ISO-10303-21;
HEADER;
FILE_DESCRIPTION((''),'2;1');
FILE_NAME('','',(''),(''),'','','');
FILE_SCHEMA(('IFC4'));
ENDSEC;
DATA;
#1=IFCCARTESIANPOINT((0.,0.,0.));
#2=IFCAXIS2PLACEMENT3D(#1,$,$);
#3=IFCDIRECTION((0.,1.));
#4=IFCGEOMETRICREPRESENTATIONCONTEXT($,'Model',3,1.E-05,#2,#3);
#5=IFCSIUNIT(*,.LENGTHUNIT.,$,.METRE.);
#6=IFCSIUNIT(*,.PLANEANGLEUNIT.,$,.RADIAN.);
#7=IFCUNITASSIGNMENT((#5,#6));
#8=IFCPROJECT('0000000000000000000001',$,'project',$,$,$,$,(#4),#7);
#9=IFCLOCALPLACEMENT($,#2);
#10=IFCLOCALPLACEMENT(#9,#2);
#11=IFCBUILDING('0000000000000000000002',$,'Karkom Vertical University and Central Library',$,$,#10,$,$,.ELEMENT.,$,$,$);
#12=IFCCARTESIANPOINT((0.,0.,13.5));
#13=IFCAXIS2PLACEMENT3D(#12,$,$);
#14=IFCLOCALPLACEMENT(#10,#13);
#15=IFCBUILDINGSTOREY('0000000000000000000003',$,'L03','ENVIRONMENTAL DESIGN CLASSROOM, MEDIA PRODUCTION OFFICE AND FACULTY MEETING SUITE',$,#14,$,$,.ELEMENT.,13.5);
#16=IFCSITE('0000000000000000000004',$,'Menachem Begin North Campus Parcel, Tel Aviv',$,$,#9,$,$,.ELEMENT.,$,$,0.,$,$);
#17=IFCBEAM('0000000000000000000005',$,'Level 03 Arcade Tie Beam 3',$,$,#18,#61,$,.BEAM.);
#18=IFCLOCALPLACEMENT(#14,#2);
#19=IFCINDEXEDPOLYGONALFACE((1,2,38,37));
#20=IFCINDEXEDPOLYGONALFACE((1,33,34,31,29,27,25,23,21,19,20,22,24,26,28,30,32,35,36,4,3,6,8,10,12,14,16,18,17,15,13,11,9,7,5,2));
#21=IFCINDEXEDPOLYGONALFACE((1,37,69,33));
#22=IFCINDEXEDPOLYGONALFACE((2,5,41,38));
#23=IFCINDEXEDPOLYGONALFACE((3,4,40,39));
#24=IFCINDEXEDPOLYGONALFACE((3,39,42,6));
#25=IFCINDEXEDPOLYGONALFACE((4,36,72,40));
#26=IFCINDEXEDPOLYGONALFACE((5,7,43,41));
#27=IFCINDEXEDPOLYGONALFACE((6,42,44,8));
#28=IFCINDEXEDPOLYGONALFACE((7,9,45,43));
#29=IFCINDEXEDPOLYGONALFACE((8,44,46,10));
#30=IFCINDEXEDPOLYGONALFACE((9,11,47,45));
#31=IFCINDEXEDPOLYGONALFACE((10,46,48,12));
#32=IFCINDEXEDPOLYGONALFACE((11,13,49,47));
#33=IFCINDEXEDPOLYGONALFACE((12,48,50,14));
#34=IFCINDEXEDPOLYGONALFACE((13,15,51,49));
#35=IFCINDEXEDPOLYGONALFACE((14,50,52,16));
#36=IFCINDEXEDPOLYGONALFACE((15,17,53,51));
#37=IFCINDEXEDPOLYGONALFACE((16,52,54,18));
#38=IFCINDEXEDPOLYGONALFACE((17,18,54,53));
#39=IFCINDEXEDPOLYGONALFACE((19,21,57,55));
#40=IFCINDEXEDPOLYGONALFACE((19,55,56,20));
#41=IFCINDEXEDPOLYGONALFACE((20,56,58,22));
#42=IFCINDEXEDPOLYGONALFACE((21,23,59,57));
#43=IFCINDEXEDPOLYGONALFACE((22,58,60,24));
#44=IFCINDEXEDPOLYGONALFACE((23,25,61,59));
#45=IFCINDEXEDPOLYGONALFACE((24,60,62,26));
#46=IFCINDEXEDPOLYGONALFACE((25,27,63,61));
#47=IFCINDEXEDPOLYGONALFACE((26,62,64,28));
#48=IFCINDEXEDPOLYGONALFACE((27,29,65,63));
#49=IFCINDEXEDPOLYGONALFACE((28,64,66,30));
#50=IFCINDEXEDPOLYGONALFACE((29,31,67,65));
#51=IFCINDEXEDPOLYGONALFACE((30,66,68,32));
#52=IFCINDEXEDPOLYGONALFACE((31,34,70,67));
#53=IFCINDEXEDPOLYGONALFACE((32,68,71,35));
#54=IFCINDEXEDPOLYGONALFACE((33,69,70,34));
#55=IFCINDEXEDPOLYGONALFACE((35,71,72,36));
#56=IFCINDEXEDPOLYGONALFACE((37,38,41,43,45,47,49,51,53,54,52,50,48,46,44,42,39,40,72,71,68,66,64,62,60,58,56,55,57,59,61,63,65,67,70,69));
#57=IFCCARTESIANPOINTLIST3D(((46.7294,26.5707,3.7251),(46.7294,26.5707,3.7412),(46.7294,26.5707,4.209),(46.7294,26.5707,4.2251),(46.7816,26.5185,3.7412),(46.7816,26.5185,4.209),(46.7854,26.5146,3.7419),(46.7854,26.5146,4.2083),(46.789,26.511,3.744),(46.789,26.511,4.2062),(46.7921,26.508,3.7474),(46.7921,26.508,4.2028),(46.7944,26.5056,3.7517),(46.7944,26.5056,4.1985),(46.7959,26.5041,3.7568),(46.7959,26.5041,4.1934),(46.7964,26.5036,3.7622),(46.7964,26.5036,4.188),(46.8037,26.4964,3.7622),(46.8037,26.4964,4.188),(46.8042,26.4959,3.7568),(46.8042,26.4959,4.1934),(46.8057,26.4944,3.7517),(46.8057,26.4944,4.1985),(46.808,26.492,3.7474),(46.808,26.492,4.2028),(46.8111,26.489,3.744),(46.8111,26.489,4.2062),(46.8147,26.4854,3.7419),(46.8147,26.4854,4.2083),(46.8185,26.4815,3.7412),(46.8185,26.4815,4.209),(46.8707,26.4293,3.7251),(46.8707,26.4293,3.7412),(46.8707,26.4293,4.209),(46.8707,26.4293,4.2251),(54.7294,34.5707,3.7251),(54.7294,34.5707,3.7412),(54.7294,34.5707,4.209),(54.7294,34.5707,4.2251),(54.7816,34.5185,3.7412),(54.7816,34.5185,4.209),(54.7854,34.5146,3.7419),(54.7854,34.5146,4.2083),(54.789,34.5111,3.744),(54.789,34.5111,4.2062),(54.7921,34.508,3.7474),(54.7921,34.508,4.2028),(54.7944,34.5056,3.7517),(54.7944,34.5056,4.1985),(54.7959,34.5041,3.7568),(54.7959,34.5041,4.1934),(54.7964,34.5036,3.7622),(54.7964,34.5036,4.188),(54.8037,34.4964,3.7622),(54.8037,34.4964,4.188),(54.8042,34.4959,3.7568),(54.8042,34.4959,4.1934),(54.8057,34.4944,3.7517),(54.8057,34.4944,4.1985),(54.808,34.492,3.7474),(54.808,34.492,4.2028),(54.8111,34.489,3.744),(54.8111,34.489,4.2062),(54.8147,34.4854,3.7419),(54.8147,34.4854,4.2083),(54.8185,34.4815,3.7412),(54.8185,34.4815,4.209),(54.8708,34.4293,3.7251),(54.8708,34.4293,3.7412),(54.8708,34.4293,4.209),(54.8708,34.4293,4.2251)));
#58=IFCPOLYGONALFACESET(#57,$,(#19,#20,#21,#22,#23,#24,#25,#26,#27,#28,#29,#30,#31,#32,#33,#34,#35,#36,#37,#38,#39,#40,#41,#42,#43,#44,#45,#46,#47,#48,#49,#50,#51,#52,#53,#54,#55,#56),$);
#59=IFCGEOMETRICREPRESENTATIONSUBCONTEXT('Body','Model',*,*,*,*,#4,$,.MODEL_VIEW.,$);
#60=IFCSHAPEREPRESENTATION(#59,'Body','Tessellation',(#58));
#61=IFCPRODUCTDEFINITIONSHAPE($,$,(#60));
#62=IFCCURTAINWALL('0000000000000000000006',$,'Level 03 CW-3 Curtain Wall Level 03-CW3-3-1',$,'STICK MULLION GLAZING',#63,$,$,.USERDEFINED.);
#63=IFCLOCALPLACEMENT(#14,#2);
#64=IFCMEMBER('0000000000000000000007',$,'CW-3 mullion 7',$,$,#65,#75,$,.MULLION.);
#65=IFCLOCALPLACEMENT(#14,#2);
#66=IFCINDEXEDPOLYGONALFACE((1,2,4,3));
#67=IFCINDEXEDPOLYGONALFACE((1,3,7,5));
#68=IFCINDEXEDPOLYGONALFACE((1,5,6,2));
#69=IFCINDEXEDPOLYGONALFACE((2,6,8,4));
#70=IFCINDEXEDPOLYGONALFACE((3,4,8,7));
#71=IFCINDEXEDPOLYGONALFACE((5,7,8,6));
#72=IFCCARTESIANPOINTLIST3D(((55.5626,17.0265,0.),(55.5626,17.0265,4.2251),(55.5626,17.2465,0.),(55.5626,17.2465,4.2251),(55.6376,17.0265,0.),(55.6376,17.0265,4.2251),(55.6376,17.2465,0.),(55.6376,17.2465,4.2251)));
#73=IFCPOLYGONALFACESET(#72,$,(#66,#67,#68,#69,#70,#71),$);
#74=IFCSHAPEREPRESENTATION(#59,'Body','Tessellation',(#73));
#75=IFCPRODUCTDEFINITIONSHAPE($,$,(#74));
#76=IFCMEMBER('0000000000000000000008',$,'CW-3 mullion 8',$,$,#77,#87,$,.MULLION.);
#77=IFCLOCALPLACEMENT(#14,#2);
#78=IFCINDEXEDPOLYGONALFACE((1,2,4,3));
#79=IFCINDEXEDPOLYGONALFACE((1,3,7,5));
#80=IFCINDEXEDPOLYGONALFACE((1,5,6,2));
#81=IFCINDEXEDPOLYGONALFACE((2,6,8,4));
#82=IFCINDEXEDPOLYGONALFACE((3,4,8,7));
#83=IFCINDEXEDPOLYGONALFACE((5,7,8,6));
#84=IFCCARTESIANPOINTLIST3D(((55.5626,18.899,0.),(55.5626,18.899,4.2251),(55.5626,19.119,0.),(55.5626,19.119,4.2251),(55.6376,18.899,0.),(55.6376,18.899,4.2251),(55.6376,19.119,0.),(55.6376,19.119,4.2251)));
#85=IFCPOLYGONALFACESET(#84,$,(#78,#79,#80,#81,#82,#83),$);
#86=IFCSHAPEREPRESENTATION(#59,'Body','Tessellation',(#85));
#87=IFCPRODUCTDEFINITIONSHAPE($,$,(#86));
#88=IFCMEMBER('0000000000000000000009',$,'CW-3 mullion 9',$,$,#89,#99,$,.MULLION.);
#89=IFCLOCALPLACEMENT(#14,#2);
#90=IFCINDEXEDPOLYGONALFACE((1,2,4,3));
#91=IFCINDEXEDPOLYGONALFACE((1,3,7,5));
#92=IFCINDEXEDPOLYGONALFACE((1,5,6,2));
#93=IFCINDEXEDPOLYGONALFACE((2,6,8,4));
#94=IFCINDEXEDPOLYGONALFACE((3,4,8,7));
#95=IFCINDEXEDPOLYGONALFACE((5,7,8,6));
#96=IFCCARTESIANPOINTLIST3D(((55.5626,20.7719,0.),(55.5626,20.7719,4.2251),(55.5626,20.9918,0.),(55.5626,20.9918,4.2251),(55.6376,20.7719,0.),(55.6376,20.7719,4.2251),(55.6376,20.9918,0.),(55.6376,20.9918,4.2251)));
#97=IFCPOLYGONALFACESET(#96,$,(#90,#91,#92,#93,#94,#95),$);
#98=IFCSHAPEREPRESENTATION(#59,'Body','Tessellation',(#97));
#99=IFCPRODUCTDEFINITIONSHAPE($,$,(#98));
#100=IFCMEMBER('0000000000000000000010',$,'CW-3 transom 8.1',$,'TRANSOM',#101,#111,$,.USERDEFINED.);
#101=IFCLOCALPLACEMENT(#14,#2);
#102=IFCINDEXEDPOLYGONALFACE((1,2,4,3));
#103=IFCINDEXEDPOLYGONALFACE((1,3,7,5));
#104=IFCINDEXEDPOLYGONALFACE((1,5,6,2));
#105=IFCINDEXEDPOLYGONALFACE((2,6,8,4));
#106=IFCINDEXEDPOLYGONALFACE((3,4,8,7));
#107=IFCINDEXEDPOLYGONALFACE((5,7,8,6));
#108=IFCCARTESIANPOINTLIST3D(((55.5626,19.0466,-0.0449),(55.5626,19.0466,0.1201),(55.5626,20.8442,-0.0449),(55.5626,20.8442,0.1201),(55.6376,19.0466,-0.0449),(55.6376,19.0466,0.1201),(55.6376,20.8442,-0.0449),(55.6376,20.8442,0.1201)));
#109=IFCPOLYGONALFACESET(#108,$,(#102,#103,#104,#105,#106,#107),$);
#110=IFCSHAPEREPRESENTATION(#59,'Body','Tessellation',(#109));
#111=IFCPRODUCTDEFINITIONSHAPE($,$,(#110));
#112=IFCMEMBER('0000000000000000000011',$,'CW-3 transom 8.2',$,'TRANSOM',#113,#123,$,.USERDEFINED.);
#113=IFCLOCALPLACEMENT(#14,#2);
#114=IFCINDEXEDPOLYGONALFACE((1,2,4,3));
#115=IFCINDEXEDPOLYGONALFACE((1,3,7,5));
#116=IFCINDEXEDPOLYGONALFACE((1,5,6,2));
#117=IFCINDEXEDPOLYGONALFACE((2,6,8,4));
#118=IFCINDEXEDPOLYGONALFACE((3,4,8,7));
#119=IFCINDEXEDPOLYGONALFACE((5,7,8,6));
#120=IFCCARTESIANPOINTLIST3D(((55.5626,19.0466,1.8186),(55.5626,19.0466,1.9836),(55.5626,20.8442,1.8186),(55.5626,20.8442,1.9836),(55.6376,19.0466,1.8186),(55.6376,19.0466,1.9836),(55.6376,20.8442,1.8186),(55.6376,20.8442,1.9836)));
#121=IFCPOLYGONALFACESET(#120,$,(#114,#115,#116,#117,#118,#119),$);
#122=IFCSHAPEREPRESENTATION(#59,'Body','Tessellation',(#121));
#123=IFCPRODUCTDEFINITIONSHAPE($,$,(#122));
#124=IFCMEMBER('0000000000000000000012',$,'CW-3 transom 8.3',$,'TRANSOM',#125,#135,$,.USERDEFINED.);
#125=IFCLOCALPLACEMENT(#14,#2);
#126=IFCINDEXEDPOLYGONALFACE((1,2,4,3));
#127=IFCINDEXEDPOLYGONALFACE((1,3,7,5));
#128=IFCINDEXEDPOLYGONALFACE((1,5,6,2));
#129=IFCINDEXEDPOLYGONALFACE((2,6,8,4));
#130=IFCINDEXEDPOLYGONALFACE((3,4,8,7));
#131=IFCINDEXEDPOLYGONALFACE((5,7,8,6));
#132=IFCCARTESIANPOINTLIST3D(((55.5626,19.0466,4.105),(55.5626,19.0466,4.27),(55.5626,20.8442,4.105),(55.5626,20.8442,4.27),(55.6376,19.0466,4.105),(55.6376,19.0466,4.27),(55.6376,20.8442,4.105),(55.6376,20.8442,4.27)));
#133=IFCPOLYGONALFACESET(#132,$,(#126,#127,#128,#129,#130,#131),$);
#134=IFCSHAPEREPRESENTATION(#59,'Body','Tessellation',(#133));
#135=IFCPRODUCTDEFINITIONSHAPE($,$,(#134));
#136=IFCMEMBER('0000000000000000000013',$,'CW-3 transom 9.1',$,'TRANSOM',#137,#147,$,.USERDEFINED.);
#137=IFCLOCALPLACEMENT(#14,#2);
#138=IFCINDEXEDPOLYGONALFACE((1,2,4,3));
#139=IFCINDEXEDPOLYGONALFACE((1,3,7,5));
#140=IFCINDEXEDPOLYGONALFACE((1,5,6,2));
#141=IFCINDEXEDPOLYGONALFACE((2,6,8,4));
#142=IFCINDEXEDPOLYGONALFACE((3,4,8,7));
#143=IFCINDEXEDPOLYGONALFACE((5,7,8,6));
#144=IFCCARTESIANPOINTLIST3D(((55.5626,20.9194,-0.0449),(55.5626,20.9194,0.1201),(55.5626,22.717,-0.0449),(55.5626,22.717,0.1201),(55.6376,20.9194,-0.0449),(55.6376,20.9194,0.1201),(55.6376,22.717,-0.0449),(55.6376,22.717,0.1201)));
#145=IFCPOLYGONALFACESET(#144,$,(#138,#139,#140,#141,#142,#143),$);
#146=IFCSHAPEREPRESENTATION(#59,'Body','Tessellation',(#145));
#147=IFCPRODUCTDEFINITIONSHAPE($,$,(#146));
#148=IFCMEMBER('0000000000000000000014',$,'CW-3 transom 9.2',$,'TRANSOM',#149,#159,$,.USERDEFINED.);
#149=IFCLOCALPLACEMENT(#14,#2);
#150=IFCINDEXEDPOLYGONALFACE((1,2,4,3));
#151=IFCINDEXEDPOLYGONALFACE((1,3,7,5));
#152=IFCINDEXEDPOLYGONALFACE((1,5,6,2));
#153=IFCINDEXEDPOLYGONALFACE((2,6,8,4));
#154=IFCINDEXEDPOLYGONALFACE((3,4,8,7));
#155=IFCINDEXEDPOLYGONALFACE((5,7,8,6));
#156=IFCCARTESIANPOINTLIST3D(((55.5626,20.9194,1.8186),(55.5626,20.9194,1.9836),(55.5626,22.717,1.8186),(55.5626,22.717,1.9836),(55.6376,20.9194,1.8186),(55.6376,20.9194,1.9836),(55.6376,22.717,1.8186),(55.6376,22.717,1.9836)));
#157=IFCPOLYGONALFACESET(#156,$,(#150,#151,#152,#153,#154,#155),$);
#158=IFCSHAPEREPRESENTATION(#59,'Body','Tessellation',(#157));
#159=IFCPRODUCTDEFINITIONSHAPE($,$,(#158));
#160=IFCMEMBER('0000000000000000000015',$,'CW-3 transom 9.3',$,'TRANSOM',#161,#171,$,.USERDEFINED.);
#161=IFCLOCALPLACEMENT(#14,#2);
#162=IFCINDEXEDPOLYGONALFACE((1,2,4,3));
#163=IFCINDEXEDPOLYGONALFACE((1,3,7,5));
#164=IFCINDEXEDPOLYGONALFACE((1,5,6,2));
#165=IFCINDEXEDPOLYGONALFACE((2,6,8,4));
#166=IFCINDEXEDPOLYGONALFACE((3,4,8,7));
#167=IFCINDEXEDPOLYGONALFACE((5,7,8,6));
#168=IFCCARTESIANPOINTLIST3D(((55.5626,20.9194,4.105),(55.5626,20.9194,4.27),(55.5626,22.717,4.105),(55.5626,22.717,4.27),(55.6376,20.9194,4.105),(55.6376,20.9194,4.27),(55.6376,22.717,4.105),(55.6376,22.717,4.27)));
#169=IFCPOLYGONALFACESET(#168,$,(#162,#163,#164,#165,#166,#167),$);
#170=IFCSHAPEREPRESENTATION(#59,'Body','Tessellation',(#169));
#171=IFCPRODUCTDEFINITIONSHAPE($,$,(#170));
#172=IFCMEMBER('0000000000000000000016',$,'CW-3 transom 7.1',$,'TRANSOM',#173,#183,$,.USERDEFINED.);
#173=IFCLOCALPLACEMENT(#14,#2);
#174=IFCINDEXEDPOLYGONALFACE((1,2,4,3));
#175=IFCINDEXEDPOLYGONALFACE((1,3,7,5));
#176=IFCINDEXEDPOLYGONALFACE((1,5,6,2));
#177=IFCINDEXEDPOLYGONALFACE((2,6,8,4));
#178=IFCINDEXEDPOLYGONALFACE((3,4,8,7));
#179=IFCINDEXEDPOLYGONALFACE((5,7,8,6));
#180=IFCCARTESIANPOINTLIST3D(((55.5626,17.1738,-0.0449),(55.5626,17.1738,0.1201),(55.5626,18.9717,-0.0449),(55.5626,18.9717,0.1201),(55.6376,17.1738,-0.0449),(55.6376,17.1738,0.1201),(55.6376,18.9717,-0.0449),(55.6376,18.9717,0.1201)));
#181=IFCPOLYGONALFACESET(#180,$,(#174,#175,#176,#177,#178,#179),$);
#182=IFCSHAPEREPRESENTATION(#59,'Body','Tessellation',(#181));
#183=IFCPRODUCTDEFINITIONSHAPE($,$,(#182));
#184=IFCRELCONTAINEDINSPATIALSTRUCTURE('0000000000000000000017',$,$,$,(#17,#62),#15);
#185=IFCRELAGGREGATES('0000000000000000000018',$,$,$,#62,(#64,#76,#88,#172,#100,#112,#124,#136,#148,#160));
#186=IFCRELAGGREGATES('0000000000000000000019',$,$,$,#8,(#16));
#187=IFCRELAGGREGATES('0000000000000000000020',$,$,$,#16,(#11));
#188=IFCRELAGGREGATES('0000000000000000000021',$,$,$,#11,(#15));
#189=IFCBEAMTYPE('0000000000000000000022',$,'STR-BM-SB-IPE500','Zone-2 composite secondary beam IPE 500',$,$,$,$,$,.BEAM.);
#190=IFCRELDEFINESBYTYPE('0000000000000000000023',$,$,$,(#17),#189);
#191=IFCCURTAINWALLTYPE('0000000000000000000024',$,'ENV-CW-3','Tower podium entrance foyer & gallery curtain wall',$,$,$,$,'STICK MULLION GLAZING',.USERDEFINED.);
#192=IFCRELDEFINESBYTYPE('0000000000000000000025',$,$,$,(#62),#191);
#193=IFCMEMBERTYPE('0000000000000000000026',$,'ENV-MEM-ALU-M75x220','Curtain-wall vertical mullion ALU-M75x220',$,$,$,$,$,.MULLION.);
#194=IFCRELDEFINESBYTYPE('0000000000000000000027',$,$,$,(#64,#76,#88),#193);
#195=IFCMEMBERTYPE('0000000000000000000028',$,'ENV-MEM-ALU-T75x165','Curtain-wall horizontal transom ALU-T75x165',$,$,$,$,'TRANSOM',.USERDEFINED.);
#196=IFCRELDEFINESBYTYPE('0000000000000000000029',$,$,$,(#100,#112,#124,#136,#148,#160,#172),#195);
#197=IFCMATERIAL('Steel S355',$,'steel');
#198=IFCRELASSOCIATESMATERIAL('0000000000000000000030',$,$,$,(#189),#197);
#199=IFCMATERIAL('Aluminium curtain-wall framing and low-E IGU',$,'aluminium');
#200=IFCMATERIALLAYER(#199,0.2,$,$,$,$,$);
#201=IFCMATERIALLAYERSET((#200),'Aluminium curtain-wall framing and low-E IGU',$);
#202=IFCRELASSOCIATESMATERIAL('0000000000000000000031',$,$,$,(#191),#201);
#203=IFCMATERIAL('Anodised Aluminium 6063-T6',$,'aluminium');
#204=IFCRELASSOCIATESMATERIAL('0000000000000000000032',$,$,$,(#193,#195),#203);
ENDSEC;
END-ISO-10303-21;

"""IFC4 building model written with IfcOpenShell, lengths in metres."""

from ifc_helpers import new_model, si_unit, direction, frame, origin, origin_with_axes, origin_2d, place, context, subcontext, project, spatial, rectangle, i_section, extrude, source, transform, mapped, material, layer, layer_set, material_profile, profile_set, type_object, element, aggregate, save


model = new_model("IFC4")

# Units and contexts
model_context = context("Model", 3, precision=1e-05, world=origin(), true_north=direction((0.0, 1.0)))
body_context = subcontext(model_context, "Body", "Model", "MODEL_VIEW")
ifc_project = project(units=[si_unit("LENGTHUNIT", "METRE"), si_unit("PLANEANGLEUNIT", "RADIAN")], contexts=[model_context])

# Site, building, storey
site_placement = place(None, origin())
site = spatial("IfcSite", under=ifc_project, at=site_placement, Name="Menachem Begin North Campus Parcel, Tel Aviv", CompositionType="ELEMENT", RefElevation=0.0)
building_placement = place(site_placement, origin())
building = spatial("IfcBuilding", under=site, at=building_placement, Name="Karkom Vertical University and Central Library", CompositionType="ELEMENT")
storey_placement = place(building_placement, frame((0.0, 0.0, 13.5)))
storey = spatial("IfcBuildingStorey", under=building, at=storey_placement, Name="L03", Description="ENVIRONMENTAL DESIGN CLASSROOM, MEDIA PRODUCTION OFFICE AND FACULTY MEETING SUITE", CompositionType="ELEMENT", Elevation=13.5)

# Beam
ifc_material_1 = material(Name="Steel S355", Category="steel")
ifc_material_profile_1 = material_profile(ifc_material_1, i_section(OverallWidth=0.2, OverallDepth=0.5, WebThickness=0.0103, FlangeThickness=0.0161, FilletRadius=0.021, at=origin_2d()), Name="IPE 500")
ifc_profile_set_1 = profile_set([ifc_material_profile_1], Name="Steel S355")
beam_type_1 = type_object("IfcBeamType", Name="STR-BM-SB-IPE500", Description="Zone-2 composite secondary beam IPE 500", PredefinedType="BEAM", material=ifc_profile_set_1)
shared_shape_1 = source(origin_with_axes(), body_context, "Body", "SweptSolid", [
    extrude(i_section(OverallWidth=0.2, OverallDepth=0.5, WebThickness=0.0103, FlangeThickness=0.0161, FilletRadius=0.021, at=origin_2d()), origin(), (0.0, 0.0, 1.0), 11.3137),
])
for number, where, z_axis, x_axis, name in (
    (1, (46.8, 26.5, 3.9751), (0.707107, 0.707107, 0.0), (-0.707107, 0.707107, 0.0), "Level 03 Arcade Tie Beam 3"),
):
    element("IfcBeam", number, at=place(storey_placement, frame(where, z_axis=z_axis, x_axis=x_axis)), inside=storey, type_object=beam_type_1, Name=name, PredefinedType="BEAM", context=body_context, shape_type="MappedRepresentation", body=[
        mapped(shared_shape_1, transform((0.0, 0.0, 0.0), scale=1.0)),
    ])

# Curtain wall, members
ifc_material_2 = material(Name="Aluminium curtain-wall framing and low-E IGU", Category="aluminium")
ifc_layer_1 = layer(ifc_material_2, 0.2)
ifc_layer_set_1 = layer_set([ifc_layer_1], Name="Aluminium curtain-wall framing and low-E IGU")
curtain_wall_type = type_object("IfcCurtainWallType", Name="ENV-CW-3", Description="Tower podium entrance foyer & gallery curtain wall", ElementType="STICK MULLION GLAZING", PredefinedType="USERDEFINED", material=ifc_layer_set_1)
curtain_wall_placement = place(storey_placement, origin())
curtain_wall = element("IfcCurtainWall", 2, at=curtain_wall_placement, inside=storey, type_object=curtain_wall_type, Name="Level 03 CW-3 Curtain Wall Level 03-CW3-3-1", ObjectType="STICK MULLION GLAZING", PredefinedType="USERDEFINED")
ifc_material_3 = material(Name="Anodised Aluminium 6063-T6", Category="aluminium")
ifc_material_profile_2 = material_profile(ifc_material_3, rectangle(XDim=0.075, YDim=0.22, at=origin_2d()), Name="ALU-M75x220")
ifc_profile_set_2 = profile_set([ifc_material_profile_2], Name="Anodised Aluminium 6063-T6")
member_type_1 = type_object("IfcMemberType", Name="ENV-MEM-ALU-M75x220", Description="Curtain-wall vertical mullion ALU-M75x220", PredefinedType="MULLION", material=ifc_profile_set_2)
shared_shape_2 = source(origin_with_axes(), body_context, "Body", "SweptSolid", [
    extrude(rectangle(XDim=0.075, YDim=0.22, at=origin_2d()), origin(), (0.0, 0.0, 1.0), 4.2251),
])
member_1_placement = place(storey_placement, frame((55.6001, 17.1365, 0.0), z_axis=(0.0, 0.0, 1.0), x_axis=(-1.0, 0.0, 0.0)))
member_1 = element("IfcMember", 3, at=member_1_placement, type_object=member_type_1, Name="CW-3 mullion 7", PredefinedType="MULLION", context=body_context, shape_type="MappedRepresentation", body=[
    mapped(shared_shape_2, transform((0.0, 0.0, 0.0), scale=1.0)),
])
member_2_placement = place(storey_placement, frame((55.6001, 19.009, 0.0), z_axis=(0.0, 0.0, 1.0), x_axis=(-1.0, 0.0, 0.0)))
member_2 = element("IfcMember", 4, at=member_2_placement, type_object=member_type_1, Name="CW-3 mullion 8", PredefinedType="MULLION", context=body_context, shape_type="MappedRepresentation", body=[
    mapped(shared_shape_2, transform((0.0, 0.0, 0.0), scale=1.0)),
])
member_3_placement = place(storey_placement, frame((55.6001, 20.8818, 0.0), z_axis=(0.0, 0.0, 1.0), x_axis=(-1.0, 0.0, 0.0)))
member_3 = element("IfcMember", 5, at=member_3_placement, type_object=member_type_1, Name="CW-3 mullion 9", PredefinedType="MULLION", context=body_context, shape_type="MappedRepresentation", body=[
    mapped(shared_shape_2, transform((0.0, 0.0, 0.0), scale=1.0)),
])
ifc_material_profile_3 = material_profile(ifc_material_3, rectangle(XDim=0.075, YDim=0.165, at=origin_2d()), Name="ALU-T75x165")
ifc_profile_set_3 = profile_set([ifc_material_profile_3], Name="Anodised Aluminium 6063-T6")
member_type_2 = type_object("IfcMemberType", Name="ENV-MEM-ALU-T75x165", Description="Curtain-wall horizontal transom ALU-T75x165", ElementType="TRANSOM", PredefinedType="USERDEFINED", material=ifc_profile_set_3)
shared_shape_3 = source(origin_with_axes(), body_context, "Body", "SweptSolid", [
    extrude(rectangle(XDim=0.075, YDim=0.165, at=origin_2d()), origin(), (0.0, 0.0, 1.0), 1.7976),
])
member_4_placement = place(storey_placement, frame((55.6001, 19.0466, 0.0376), z_axis=(0.0, 1.0, 0.0), x_axis=(-1.0, 0.0, 0.0)))
member_4 = element("IfcMember", 6, at=member_4_placement, type_object=member_type_2, Name="CW-3 transom 8.1", ObjectType="TRANSOM", PredefinedType="USERDEFINED", context=body_context, shape_type="MappedRepresentation", body=[
    mapped(shared_shape_3, transform((0.0, 0.0, 0.0), scale=1.0)),
])
member_5_placement = place(storey_placement, frame((55.6001, 19.0466, 1.9011), z_axis=(0.0, 1.0, 0.0), x_axis=(-1.0, 0.0, 0.0)))
member_5 = element("IfcMember", 7, at=member_5_placement, type_object=member_type_2, Name="CW-3 transom 8.2", ObjectType="TRANSOM", PredefinedType="USERDEFINED", context=body_context, shape_type="MappedRepresentation", body=[
    mapped(shared_shape_3, transform((0.0, 0.0, 0.0), scale=1.0)),
])
member_6_placement = place(storey_placement, frame((55.6001, 19.0466, 4.1875), z_axis=(0.0, 1.0, 0.0), x_axis=(-1.0, 0.0, 0.0)))
member_6 = element("IfcMember", 8, at=member_6_placement, type_object=member_type_2, Name="CW-3 transom 8.3", ObjectType="TRANSOM", PredefinedType="USERDEFINED", context=body_context, shape_type="MappedRepresentation", body=[
    mapped(shared_shape_3, transform((0.0, 0.0, 0.0), scale=1.0)),
])
member_7_placement = place(storey_placement, frame((55.6001, 20.9194, 0.0376), z_axis=(0.0, 1.0, 0.0), x_axis=(-1.0, 0.0, 0.0)))
member_7 = element("IfcMember", 9, at=member_7_placement, type_object=member_type_2, Name="CW-3 transom 9.1", ObjectType="TRANSOM", PredefinedType="USERDEFINED", context=body_context, shape_type="MappedRepresentation", body=[
    mapped(shared_shape_3, transform((0.0, 0.0, 0.0), scale=1.0)),
])
member_8_placement = place(storey_placement, frame((55.6001, 20.9194, 1.9011), z_axis=(0.0, 1.0, 0.0), x_axis=(-1.0, 0.0, 0.0)))
member_8 = element("IfcMember", 10, at=member_8_placement, type_object=member_type_2, Name="CW-3 transom 9.2", ObjectType="TRANSOM", PredefinedType="USERDEFINED", context=body_context, shape_type="MappedRepresentation", body=[
    mapped(shared_shape_3, transform((0.0, 0.0, 0.0), scale=1.0)),
])
member_9_placement = place(storey_placement, frame((55.6001, 20.9194, 4.1875), z_axis=(0.0, 1.0, 0.0), x_axis=(-1.0, 0.0, 0.0)))
member_9 = element("IfcMember", 11, at=member_9_placement, type_object=member_type_2, Name="CW-3 transom 9.3", ObjectType="TRANSOM", PredefinedType="USERDEFINED", context=body_context, shape_type="MappedRepresentation", body=[
    mapped(shared_shape_3, transform((0.0, 0.0, 0.0), scale=1.0)),
])
shared_shape_4 = source(origin_with_axes(), body_context, "Body", "SweptSolid", [
    extrude(rectangle(XDim=0.075, YDim=0.165, at=origin_2d()), origin(), (0.0, 0.0, 1.0), 1.7979),
])
member_10_placement = place(storey_placement, frame((55.6001, 17.1738, 0.0376), z_axis=(0.0, 1.0, 0.0), x_axis=(-1.0, 0.0, 0.0)))
member_10 = element("IfcMember", 12, at=member_10_placement, type_object=member_type_2, Name="CW-3 transom 7.1", ObjectType="TRANSOM", PredefinedType="USERDEFINED", context=body_context, shape_type="MappedRepresentation", body=[
    mapped(shared_shape_4, transform((0.0, 0.0, 0.0), scale=1.0)),
])
aggregate(curtain_wall, [member_1, member_2, member_3, member_10, member_4, member_5, member_6, member_7, member_8, member_9])

save(model, "model.ifc")
